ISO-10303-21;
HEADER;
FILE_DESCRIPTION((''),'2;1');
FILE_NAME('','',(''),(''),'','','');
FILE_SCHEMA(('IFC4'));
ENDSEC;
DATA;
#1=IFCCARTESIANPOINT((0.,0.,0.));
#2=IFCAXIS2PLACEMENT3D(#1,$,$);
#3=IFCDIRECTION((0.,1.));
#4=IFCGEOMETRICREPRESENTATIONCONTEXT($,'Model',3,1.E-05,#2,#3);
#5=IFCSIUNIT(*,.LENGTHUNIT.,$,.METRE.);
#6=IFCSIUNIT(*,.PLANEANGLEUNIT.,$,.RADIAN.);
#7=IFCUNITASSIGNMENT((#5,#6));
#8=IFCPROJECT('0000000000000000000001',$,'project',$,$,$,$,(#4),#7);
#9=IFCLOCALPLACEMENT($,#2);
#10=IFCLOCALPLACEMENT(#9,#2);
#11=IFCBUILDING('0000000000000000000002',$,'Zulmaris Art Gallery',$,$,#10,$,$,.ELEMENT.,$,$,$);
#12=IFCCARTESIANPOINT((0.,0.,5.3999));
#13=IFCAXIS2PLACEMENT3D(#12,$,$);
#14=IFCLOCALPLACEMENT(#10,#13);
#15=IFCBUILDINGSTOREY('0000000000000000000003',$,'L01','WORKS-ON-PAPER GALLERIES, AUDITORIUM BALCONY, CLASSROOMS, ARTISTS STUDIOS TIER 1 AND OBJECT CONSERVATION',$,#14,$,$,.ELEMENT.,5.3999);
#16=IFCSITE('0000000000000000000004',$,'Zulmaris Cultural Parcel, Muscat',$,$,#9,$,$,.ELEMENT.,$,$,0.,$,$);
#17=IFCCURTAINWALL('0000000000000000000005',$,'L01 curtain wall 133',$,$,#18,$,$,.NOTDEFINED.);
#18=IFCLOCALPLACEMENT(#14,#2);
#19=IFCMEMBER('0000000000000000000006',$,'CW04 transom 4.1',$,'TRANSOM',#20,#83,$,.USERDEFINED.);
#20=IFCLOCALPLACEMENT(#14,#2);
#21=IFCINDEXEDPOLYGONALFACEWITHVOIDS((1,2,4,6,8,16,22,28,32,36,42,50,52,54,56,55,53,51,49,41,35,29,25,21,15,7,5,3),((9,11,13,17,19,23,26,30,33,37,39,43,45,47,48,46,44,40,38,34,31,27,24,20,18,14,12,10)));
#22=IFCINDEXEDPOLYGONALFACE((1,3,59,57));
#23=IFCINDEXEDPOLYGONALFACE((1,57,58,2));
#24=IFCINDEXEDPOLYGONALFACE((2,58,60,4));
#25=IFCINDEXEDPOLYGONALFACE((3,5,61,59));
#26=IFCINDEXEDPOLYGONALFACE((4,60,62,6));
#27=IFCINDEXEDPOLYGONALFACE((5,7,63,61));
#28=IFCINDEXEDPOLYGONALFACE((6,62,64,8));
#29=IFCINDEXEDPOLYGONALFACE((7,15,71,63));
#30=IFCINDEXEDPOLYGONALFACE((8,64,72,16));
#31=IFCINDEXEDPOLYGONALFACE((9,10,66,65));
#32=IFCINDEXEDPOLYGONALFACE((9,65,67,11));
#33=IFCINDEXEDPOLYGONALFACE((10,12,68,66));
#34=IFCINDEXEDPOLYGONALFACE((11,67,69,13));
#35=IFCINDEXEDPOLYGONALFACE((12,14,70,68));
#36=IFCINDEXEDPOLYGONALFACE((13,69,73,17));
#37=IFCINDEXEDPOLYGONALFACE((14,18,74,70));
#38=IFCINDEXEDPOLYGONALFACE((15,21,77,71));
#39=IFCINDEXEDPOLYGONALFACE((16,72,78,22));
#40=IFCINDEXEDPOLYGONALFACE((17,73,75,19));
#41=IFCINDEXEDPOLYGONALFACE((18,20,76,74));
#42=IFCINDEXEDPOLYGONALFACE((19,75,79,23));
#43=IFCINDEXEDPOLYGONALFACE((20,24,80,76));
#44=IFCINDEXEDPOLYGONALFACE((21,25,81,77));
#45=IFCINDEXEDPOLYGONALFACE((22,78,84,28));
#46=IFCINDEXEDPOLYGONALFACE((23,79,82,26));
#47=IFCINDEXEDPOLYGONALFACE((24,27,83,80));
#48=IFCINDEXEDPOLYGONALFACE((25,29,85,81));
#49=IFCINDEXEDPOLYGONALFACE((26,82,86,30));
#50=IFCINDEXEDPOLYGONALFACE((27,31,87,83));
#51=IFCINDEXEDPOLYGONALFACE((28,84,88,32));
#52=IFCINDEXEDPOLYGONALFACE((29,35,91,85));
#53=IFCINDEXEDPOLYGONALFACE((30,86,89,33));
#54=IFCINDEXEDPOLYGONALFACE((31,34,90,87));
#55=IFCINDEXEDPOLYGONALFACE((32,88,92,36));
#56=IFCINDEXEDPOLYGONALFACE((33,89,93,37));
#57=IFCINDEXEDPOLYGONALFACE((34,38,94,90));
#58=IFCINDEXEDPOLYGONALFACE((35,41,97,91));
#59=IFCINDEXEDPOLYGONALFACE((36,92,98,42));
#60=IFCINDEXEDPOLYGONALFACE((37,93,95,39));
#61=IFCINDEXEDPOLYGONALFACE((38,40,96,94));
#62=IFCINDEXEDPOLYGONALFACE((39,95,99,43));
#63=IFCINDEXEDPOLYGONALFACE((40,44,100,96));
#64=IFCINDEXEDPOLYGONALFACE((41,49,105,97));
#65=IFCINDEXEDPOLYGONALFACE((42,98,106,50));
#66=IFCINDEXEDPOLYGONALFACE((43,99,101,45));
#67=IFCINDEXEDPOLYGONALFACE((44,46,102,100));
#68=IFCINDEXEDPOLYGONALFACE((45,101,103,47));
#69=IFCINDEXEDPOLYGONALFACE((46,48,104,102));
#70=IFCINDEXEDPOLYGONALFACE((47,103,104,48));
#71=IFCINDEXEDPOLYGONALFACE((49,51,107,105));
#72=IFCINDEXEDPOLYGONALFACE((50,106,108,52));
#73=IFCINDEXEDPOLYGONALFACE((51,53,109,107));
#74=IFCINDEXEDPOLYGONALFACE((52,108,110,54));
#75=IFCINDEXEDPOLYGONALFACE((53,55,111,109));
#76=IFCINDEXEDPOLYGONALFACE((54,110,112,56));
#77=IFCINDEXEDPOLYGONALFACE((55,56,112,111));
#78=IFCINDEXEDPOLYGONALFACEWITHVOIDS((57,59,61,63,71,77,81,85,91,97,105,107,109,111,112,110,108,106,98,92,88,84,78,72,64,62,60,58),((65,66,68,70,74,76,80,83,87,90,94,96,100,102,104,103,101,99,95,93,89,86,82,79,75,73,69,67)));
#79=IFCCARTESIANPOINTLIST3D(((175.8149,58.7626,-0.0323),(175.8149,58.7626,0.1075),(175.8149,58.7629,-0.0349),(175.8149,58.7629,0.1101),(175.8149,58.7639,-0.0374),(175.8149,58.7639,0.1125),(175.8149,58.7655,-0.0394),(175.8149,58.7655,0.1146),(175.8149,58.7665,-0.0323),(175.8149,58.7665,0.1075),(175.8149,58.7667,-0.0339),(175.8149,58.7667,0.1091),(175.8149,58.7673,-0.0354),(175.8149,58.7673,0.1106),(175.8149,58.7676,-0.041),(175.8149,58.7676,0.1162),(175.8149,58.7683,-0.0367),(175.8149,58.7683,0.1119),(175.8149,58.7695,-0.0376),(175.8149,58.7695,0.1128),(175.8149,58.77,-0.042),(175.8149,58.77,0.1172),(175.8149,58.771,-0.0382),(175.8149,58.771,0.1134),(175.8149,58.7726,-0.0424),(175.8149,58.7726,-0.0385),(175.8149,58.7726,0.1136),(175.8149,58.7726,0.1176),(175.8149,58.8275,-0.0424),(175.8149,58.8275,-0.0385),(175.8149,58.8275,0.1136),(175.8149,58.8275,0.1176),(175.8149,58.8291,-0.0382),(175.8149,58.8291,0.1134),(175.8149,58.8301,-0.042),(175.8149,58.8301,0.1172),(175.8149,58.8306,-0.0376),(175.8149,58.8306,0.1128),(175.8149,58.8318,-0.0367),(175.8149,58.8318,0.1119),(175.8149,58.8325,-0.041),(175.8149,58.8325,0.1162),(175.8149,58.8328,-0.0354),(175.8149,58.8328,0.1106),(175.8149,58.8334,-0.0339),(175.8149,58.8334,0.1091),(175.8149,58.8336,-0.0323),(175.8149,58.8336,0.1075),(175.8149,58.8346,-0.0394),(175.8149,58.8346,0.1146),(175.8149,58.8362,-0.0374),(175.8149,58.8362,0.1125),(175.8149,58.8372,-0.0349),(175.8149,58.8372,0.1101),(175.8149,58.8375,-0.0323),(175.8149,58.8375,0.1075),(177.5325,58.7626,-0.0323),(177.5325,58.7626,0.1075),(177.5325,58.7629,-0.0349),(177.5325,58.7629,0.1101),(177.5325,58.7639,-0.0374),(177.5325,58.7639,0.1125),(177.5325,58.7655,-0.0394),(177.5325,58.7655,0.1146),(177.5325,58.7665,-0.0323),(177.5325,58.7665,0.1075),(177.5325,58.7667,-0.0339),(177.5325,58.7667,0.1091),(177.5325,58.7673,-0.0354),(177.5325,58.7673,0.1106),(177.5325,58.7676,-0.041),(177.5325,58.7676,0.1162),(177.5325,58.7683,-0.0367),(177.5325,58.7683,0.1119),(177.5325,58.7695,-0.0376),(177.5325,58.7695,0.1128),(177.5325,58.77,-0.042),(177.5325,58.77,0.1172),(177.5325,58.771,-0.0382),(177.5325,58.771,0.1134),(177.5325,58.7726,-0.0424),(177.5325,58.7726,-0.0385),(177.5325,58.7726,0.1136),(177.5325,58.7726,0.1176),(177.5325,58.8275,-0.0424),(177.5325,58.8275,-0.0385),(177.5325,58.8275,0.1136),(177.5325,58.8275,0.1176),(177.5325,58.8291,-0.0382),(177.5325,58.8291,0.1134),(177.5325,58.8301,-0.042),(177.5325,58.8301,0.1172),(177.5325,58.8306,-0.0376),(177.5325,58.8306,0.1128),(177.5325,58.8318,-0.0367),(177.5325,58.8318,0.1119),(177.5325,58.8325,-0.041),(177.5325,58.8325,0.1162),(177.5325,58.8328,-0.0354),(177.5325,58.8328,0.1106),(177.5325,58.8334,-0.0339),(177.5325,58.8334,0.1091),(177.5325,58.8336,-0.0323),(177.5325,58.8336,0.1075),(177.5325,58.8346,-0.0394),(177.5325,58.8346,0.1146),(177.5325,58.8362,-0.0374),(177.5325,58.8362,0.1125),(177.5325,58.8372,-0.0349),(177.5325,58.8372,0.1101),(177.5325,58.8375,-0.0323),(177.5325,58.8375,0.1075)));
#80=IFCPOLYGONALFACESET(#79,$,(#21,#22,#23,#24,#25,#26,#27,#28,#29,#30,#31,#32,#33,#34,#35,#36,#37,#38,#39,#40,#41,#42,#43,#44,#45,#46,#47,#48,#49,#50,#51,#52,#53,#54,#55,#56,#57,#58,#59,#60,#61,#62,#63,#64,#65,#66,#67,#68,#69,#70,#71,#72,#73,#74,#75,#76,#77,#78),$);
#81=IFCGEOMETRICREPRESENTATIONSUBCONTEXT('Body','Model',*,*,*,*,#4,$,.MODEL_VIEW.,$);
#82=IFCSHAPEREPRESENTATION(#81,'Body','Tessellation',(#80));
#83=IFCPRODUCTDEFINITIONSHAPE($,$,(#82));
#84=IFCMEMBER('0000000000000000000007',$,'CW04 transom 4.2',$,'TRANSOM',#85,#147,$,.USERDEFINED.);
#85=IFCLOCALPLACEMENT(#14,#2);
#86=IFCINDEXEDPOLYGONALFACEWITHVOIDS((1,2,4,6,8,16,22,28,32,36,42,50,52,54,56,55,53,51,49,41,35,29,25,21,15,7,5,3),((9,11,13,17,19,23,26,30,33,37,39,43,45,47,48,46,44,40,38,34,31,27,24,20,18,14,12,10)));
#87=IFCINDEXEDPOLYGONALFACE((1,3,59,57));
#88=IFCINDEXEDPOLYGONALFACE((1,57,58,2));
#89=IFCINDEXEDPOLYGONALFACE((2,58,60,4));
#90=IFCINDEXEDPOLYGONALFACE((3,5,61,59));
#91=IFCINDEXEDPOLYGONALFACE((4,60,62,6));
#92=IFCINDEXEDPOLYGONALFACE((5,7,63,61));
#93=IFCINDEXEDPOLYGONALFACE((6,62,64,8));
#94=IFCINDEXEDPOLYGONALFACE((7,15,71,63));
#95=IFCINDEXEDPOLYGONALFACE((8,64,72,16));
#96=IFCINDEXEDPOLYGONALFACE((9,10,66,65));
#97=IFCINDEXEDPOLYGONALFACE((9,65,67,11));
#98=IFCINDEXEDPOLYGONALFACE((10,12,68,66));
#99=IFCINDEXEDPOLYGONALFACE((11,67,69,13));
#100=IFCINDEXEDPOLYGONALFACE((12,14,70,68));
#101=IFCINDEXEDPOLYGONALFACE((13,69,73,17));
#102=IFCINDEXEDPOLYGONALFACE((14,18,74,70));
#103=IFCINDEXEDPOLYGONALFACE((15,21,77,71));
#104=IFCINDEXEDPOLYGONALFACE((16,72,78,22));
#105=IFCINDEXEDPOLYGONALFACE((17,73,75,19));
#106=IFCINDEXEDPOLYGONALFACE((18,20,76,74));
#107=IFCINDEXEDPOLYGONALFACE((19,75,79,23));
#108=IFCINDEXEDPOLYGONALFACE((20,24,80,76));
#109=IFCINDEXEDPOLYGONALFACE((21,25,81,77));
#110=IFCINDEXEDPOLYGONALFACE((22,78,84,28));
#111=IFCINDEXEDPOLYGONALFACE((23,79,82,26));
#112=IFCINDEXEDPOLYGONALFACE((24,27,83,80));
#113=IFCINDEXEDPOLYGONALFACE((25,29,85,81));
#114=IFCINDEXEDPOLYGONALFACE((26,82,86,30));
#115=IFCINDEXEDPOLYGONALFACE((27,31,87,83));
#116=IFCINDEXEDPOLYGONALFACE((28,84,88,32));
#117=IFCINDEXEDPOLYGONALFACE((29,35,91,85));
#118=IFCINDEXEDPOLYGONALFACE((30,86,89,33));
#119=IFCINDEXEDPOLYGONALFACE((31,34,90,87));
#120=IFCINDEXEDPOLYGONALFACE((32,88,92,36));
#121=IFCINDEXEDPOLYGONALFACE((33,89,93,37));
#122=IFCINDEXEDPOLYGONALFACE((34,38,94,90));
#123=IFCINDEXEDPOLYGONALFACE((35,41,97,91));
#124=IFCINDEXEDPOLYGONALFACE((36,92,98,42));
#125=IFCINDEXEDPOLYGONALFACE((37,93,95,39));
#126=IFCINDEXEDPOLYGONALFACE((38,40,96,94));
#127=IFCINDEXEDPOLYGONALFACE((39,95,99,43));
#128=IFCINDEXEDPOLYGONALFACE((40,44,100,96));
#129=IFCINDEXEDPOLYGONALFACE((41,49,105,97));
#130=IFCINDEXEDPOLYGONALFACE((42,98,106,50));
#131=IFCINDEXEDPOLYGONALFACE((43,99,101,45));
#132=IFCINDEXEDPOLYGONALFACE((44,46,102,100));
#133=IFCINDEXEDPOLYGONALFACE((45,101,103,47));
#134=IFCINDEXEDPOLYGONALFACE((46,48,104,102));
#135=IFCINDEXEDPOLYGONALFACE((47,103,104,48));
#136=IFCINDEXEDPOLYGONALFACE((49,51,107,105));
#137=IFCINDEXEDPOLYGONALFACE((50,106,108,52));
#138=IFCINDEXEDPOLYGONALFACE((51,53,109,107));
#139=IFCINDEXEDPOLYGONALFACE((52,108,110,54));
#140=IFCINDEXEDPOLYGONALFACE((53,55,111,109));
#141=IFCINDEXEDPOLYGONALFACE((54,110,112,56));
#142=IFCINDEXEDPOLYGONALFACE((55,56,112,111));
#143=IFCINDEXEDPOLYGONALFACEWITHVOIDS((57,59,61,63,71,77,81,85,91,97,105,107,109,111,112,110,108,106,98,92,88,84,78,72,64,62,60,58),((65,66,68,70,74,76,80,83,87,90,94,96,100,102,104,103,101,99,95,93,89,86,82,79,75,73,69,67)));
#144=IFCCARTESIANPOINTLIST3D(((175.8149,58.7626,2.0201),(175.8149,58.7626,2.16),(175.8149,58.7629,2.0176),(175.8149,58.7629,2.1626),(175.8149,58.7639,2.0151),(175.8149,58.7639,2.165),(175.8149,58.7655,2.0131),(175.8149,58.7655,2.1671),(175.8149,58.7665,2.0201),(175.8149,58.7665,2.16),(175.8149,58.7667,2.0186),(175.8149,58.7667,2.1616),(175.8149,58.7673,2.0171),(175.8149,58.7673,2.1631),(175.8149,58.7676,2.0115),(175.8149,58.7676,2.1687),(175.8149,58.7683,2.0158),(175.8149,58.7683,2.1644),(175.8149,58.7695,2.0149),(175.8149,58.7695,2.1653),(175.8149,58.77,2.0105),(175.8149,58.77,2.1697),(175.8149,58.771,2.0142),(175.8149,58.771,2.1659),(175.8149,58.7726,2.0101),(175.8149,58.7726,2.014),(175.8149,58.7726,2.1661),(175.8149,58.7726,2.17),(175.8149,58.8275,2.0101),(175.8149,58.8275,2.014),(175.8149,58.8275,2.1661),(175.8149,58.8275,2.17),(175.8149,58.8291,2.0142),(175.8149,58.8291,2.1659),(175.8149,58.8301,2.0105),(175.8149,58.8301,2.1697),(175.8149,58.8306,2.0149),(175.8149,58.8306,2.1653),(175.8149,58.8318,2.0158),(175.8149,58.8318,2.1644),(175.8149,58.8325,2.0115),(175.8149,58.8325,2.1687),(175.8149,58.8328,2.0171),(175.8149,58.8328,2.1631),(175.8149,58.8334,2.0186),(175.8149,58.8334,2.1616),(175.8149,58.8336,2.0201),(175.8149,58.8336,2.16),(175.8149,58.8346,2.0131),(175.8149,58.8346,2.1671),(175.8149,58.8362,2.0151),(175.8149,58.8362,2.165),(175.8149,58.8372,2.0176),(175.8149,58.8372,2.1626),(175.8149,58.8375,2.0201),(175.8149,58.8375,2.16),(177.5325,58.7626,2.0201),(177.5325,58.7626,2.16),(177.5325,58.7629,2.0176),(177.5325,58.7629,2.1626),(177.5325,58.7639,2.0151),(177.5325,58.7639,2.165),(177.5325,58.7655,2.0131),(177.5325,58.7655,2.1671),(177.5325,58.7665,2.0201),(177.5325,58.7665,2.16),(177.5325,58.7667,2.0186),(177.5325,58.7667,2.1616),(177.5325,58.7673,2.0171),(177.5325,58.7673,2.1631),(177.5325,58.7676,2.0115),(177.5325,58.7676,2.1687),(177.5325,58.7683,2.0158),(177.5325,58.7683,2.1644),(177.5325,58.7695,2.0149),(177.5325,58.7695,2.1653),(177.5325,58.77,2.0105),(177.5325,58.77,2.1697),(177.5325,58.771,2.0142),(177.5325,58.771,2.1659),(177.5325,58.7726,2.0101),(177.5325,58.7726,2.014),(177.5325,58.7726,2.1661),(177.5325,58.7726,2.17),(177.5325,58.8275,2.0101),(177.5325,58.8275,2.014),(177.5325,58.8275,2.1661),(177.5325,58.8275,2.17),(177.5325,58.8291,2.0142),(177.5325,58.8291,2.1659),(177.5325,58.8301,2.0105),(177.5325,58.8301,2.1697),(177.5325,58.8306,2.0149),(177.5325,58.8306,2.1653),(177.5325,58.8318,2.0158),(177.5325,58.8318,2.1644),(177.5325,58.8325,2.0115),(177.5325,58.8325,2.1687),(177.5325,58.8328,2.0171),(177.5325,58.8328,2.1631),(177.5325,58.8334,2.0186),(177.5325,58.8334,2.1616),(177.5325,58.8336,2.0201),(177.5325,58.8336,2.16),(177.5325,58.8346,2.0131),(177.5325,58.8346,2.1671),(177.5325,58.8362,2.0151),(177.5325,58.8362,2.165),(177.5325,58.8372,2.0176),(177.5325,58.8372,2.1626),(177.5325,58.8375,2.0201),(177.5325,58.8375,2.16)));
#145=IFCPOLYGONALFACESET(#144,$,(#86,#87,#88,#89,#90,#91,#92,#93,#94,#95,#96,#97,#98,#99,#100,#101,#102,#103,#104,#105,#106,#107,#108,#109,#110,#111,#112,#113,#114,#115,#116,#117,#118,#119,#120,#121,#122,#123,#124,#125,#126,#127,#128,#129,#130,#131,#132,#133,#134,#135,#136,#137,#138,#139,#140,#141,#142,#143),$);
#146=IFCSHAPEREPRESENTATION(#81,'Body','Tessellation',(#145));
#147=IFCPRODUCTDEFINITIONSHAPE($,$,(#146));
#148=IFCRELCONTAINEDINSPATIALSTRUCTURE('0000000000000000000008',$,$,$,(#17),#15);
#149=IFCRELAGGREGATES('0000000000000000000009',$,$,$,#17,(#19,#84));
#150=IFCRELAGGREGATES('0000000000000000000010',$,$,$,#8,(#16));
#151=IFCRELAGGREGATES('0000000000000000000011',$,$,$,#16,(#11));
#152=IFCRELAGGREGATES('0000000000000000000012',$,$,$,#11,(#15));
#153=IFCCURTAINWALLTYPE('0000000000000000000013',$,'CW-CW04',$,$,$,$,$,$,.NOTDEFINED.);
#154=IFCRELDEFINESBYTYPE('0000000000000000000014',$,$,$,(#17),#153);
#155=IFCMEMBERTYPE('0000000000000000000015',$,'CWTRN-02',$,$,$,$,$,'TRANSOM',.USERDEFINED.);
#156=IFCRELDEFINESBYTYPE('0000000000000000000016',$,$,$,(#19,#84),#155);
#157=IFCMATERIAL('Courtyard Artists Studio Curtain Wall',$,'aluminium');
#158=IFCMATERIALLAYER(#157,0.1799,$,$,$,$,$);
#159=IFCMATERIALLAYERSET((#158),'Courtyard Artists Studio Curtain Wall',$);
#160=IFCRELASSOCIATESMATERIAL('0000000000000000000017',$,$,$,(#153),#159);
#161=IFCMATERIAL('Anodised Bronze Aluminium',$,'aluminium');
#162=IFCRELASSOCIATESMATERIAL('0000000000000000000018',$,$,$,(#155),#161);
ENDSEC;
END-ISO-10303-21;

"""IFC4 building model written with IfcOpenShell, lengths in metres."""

from ifc_helpers import new_model, si_unit, direction, frame, origin, origin_2d, place, context, subcontext, project, spatial, hollow_rectangle, extrude, material, layer, layer_set, material_profile, profile_set, type_object, element, aggregate, save


model = new_model("IFC4")

# Units and contexts
model_context = context("Model", 3, precision=1e-05, world=origin(), true_north=direction((0.0, 1.0)))
body_context = subcontext(model_context, "Body", "Model", "MODEL_VIEW")
ifc_project = project(units=[si_unit("LENGTHUNIT", "METRE"), si_unit("PLANEANGLEUNIT", "RADIAN")], contexts=[model_context])

# Site, building, storey
site_placement = place(None, origin())
site = spatial("IfcSite", under=ifc_project, at=site_placement, Name="Zulmaris Cultural Parcel, Muscat", CompositionType="ELEMENT", RefElevation=0.0)
building_placement = place(site_placement, origin())
building = spatial("IfcBuilding", under=site, at=building_placement, Name="Zulmaris Art Gallery", CompositionType="ELEMENT")
storey_placement = place(building_placement, frame((0.0, 0.0, 5.3999)))
storey = spatial("IfcBuildingStorey", under=building, at=storey_placement, Name="L01", Description="WORKS-ON-PAPER GALLERIES, AUDITORIUM BALCONY, CLASSROOMS, ARTISTS STUDIOS TIER 1 AND OBJECT CONSERVATION", CompositionType="ELEMENT", Elevation=5.3999)

# Shared definitions
ifc_material_1 = material(Name="Courtyard Artists Studio Curtain Wall", Category="aluminium")
ifc_layer_1 = layer(ifc_material_1, 0.1799)
ifc_layer_set_1 = layer_set([ifc_layer_1], Name="Courtyard Artists Studio Curtain Wall")
curtain_wall_type = type_object("IfcCurtainWallType", Name="CW-CW04", PredefinedType="NOTDEFINED", material=ifc_layer_set_1)
ifc_material_2 = material(Name="Anodised Bronze Aluminium", Category="aluminium")

# Curtain wall
curtain_wall_1_placement = place(storey_placement, origin())
curtain_wall_1 = element("IfcCurtainWall", 1, at=curtain_wall_1_placement, inside=storey, type_object=curtain_wall_type, Name="L01 curtain wall 133", PredefinedType="NOTDEFINED")

# Members
ifc_material_profile_1 = material_profile(ifc_material_2, hollow_rectangle(XDim=0.075, YDim=0.1599, WallThickness=0.0039, InnerFilletRadius=0.0061, OuterFilletRadius=0.01, at=origin_2d()), Name="ALU 75x160x4")
ifc_profile_set_1 = profile_set([ifc_material_profile_1], Name="Anodised Bronze Aluminium")
member_type_1 = type_object("IfcMemberType", Name="CWTRN-02", ElementType="TRANSOM", PredefinedType="USERDEFINED", material=ifc_profile_set_1)
member_1_placement = place(storey_placement, frame((177.5325, 58.8, 0.0376), z_axis=(-1.0, 0.0, 0.0), x_axis=(0.0, -1.0, 0.0)))
member_1 = element("IfcMember", 2, at=member_1_placement, type_object=member_type_1, Name="CW04 transom 4.1", ObjectType="TRANSOM", PredefinedType="USERDEFINED", context=body_context, shape_type="SweptSolid", body=[
    extrude(hollow_rectangle(XDim=0.075, YDim=0.1599, WallThickness=0.0039, InnerFilletRadius=0.0061, OuterFilletRadius=0.01, at=origin_2d()), origin(), (0.0, 0.0, 1.0), 1.7175),
])
member_2_placement = place(storey_placement, frame((177.5325, 58.8, 2.0901), z_axis=(-1.0, 0.0, 0.0), x_axis=(0.0, -1.0, 0.0)))
member_2 = element("IfcMember", 3, at=member_2_placement, type_object=member_type_1, Name="CW04 transom 4.2", ObjectType="TRANSOM", PredefinedType="USERDEFINED", context=body_context, shape_type="SweptSolid", body=[
    extrude(hollow_rectangle(XDim=0.075, YDim=0.1599, WallThickness=0.0039, InnerFilletRadius=0.0061, OuterFilletRadius=0.01, at=origin_2d()), origin(), (0.0, 0.0, 1.0), 1.7175),
])

aggregate(curtain_wall_1, [member_1, member_2])

save(model, "model.ifc")
